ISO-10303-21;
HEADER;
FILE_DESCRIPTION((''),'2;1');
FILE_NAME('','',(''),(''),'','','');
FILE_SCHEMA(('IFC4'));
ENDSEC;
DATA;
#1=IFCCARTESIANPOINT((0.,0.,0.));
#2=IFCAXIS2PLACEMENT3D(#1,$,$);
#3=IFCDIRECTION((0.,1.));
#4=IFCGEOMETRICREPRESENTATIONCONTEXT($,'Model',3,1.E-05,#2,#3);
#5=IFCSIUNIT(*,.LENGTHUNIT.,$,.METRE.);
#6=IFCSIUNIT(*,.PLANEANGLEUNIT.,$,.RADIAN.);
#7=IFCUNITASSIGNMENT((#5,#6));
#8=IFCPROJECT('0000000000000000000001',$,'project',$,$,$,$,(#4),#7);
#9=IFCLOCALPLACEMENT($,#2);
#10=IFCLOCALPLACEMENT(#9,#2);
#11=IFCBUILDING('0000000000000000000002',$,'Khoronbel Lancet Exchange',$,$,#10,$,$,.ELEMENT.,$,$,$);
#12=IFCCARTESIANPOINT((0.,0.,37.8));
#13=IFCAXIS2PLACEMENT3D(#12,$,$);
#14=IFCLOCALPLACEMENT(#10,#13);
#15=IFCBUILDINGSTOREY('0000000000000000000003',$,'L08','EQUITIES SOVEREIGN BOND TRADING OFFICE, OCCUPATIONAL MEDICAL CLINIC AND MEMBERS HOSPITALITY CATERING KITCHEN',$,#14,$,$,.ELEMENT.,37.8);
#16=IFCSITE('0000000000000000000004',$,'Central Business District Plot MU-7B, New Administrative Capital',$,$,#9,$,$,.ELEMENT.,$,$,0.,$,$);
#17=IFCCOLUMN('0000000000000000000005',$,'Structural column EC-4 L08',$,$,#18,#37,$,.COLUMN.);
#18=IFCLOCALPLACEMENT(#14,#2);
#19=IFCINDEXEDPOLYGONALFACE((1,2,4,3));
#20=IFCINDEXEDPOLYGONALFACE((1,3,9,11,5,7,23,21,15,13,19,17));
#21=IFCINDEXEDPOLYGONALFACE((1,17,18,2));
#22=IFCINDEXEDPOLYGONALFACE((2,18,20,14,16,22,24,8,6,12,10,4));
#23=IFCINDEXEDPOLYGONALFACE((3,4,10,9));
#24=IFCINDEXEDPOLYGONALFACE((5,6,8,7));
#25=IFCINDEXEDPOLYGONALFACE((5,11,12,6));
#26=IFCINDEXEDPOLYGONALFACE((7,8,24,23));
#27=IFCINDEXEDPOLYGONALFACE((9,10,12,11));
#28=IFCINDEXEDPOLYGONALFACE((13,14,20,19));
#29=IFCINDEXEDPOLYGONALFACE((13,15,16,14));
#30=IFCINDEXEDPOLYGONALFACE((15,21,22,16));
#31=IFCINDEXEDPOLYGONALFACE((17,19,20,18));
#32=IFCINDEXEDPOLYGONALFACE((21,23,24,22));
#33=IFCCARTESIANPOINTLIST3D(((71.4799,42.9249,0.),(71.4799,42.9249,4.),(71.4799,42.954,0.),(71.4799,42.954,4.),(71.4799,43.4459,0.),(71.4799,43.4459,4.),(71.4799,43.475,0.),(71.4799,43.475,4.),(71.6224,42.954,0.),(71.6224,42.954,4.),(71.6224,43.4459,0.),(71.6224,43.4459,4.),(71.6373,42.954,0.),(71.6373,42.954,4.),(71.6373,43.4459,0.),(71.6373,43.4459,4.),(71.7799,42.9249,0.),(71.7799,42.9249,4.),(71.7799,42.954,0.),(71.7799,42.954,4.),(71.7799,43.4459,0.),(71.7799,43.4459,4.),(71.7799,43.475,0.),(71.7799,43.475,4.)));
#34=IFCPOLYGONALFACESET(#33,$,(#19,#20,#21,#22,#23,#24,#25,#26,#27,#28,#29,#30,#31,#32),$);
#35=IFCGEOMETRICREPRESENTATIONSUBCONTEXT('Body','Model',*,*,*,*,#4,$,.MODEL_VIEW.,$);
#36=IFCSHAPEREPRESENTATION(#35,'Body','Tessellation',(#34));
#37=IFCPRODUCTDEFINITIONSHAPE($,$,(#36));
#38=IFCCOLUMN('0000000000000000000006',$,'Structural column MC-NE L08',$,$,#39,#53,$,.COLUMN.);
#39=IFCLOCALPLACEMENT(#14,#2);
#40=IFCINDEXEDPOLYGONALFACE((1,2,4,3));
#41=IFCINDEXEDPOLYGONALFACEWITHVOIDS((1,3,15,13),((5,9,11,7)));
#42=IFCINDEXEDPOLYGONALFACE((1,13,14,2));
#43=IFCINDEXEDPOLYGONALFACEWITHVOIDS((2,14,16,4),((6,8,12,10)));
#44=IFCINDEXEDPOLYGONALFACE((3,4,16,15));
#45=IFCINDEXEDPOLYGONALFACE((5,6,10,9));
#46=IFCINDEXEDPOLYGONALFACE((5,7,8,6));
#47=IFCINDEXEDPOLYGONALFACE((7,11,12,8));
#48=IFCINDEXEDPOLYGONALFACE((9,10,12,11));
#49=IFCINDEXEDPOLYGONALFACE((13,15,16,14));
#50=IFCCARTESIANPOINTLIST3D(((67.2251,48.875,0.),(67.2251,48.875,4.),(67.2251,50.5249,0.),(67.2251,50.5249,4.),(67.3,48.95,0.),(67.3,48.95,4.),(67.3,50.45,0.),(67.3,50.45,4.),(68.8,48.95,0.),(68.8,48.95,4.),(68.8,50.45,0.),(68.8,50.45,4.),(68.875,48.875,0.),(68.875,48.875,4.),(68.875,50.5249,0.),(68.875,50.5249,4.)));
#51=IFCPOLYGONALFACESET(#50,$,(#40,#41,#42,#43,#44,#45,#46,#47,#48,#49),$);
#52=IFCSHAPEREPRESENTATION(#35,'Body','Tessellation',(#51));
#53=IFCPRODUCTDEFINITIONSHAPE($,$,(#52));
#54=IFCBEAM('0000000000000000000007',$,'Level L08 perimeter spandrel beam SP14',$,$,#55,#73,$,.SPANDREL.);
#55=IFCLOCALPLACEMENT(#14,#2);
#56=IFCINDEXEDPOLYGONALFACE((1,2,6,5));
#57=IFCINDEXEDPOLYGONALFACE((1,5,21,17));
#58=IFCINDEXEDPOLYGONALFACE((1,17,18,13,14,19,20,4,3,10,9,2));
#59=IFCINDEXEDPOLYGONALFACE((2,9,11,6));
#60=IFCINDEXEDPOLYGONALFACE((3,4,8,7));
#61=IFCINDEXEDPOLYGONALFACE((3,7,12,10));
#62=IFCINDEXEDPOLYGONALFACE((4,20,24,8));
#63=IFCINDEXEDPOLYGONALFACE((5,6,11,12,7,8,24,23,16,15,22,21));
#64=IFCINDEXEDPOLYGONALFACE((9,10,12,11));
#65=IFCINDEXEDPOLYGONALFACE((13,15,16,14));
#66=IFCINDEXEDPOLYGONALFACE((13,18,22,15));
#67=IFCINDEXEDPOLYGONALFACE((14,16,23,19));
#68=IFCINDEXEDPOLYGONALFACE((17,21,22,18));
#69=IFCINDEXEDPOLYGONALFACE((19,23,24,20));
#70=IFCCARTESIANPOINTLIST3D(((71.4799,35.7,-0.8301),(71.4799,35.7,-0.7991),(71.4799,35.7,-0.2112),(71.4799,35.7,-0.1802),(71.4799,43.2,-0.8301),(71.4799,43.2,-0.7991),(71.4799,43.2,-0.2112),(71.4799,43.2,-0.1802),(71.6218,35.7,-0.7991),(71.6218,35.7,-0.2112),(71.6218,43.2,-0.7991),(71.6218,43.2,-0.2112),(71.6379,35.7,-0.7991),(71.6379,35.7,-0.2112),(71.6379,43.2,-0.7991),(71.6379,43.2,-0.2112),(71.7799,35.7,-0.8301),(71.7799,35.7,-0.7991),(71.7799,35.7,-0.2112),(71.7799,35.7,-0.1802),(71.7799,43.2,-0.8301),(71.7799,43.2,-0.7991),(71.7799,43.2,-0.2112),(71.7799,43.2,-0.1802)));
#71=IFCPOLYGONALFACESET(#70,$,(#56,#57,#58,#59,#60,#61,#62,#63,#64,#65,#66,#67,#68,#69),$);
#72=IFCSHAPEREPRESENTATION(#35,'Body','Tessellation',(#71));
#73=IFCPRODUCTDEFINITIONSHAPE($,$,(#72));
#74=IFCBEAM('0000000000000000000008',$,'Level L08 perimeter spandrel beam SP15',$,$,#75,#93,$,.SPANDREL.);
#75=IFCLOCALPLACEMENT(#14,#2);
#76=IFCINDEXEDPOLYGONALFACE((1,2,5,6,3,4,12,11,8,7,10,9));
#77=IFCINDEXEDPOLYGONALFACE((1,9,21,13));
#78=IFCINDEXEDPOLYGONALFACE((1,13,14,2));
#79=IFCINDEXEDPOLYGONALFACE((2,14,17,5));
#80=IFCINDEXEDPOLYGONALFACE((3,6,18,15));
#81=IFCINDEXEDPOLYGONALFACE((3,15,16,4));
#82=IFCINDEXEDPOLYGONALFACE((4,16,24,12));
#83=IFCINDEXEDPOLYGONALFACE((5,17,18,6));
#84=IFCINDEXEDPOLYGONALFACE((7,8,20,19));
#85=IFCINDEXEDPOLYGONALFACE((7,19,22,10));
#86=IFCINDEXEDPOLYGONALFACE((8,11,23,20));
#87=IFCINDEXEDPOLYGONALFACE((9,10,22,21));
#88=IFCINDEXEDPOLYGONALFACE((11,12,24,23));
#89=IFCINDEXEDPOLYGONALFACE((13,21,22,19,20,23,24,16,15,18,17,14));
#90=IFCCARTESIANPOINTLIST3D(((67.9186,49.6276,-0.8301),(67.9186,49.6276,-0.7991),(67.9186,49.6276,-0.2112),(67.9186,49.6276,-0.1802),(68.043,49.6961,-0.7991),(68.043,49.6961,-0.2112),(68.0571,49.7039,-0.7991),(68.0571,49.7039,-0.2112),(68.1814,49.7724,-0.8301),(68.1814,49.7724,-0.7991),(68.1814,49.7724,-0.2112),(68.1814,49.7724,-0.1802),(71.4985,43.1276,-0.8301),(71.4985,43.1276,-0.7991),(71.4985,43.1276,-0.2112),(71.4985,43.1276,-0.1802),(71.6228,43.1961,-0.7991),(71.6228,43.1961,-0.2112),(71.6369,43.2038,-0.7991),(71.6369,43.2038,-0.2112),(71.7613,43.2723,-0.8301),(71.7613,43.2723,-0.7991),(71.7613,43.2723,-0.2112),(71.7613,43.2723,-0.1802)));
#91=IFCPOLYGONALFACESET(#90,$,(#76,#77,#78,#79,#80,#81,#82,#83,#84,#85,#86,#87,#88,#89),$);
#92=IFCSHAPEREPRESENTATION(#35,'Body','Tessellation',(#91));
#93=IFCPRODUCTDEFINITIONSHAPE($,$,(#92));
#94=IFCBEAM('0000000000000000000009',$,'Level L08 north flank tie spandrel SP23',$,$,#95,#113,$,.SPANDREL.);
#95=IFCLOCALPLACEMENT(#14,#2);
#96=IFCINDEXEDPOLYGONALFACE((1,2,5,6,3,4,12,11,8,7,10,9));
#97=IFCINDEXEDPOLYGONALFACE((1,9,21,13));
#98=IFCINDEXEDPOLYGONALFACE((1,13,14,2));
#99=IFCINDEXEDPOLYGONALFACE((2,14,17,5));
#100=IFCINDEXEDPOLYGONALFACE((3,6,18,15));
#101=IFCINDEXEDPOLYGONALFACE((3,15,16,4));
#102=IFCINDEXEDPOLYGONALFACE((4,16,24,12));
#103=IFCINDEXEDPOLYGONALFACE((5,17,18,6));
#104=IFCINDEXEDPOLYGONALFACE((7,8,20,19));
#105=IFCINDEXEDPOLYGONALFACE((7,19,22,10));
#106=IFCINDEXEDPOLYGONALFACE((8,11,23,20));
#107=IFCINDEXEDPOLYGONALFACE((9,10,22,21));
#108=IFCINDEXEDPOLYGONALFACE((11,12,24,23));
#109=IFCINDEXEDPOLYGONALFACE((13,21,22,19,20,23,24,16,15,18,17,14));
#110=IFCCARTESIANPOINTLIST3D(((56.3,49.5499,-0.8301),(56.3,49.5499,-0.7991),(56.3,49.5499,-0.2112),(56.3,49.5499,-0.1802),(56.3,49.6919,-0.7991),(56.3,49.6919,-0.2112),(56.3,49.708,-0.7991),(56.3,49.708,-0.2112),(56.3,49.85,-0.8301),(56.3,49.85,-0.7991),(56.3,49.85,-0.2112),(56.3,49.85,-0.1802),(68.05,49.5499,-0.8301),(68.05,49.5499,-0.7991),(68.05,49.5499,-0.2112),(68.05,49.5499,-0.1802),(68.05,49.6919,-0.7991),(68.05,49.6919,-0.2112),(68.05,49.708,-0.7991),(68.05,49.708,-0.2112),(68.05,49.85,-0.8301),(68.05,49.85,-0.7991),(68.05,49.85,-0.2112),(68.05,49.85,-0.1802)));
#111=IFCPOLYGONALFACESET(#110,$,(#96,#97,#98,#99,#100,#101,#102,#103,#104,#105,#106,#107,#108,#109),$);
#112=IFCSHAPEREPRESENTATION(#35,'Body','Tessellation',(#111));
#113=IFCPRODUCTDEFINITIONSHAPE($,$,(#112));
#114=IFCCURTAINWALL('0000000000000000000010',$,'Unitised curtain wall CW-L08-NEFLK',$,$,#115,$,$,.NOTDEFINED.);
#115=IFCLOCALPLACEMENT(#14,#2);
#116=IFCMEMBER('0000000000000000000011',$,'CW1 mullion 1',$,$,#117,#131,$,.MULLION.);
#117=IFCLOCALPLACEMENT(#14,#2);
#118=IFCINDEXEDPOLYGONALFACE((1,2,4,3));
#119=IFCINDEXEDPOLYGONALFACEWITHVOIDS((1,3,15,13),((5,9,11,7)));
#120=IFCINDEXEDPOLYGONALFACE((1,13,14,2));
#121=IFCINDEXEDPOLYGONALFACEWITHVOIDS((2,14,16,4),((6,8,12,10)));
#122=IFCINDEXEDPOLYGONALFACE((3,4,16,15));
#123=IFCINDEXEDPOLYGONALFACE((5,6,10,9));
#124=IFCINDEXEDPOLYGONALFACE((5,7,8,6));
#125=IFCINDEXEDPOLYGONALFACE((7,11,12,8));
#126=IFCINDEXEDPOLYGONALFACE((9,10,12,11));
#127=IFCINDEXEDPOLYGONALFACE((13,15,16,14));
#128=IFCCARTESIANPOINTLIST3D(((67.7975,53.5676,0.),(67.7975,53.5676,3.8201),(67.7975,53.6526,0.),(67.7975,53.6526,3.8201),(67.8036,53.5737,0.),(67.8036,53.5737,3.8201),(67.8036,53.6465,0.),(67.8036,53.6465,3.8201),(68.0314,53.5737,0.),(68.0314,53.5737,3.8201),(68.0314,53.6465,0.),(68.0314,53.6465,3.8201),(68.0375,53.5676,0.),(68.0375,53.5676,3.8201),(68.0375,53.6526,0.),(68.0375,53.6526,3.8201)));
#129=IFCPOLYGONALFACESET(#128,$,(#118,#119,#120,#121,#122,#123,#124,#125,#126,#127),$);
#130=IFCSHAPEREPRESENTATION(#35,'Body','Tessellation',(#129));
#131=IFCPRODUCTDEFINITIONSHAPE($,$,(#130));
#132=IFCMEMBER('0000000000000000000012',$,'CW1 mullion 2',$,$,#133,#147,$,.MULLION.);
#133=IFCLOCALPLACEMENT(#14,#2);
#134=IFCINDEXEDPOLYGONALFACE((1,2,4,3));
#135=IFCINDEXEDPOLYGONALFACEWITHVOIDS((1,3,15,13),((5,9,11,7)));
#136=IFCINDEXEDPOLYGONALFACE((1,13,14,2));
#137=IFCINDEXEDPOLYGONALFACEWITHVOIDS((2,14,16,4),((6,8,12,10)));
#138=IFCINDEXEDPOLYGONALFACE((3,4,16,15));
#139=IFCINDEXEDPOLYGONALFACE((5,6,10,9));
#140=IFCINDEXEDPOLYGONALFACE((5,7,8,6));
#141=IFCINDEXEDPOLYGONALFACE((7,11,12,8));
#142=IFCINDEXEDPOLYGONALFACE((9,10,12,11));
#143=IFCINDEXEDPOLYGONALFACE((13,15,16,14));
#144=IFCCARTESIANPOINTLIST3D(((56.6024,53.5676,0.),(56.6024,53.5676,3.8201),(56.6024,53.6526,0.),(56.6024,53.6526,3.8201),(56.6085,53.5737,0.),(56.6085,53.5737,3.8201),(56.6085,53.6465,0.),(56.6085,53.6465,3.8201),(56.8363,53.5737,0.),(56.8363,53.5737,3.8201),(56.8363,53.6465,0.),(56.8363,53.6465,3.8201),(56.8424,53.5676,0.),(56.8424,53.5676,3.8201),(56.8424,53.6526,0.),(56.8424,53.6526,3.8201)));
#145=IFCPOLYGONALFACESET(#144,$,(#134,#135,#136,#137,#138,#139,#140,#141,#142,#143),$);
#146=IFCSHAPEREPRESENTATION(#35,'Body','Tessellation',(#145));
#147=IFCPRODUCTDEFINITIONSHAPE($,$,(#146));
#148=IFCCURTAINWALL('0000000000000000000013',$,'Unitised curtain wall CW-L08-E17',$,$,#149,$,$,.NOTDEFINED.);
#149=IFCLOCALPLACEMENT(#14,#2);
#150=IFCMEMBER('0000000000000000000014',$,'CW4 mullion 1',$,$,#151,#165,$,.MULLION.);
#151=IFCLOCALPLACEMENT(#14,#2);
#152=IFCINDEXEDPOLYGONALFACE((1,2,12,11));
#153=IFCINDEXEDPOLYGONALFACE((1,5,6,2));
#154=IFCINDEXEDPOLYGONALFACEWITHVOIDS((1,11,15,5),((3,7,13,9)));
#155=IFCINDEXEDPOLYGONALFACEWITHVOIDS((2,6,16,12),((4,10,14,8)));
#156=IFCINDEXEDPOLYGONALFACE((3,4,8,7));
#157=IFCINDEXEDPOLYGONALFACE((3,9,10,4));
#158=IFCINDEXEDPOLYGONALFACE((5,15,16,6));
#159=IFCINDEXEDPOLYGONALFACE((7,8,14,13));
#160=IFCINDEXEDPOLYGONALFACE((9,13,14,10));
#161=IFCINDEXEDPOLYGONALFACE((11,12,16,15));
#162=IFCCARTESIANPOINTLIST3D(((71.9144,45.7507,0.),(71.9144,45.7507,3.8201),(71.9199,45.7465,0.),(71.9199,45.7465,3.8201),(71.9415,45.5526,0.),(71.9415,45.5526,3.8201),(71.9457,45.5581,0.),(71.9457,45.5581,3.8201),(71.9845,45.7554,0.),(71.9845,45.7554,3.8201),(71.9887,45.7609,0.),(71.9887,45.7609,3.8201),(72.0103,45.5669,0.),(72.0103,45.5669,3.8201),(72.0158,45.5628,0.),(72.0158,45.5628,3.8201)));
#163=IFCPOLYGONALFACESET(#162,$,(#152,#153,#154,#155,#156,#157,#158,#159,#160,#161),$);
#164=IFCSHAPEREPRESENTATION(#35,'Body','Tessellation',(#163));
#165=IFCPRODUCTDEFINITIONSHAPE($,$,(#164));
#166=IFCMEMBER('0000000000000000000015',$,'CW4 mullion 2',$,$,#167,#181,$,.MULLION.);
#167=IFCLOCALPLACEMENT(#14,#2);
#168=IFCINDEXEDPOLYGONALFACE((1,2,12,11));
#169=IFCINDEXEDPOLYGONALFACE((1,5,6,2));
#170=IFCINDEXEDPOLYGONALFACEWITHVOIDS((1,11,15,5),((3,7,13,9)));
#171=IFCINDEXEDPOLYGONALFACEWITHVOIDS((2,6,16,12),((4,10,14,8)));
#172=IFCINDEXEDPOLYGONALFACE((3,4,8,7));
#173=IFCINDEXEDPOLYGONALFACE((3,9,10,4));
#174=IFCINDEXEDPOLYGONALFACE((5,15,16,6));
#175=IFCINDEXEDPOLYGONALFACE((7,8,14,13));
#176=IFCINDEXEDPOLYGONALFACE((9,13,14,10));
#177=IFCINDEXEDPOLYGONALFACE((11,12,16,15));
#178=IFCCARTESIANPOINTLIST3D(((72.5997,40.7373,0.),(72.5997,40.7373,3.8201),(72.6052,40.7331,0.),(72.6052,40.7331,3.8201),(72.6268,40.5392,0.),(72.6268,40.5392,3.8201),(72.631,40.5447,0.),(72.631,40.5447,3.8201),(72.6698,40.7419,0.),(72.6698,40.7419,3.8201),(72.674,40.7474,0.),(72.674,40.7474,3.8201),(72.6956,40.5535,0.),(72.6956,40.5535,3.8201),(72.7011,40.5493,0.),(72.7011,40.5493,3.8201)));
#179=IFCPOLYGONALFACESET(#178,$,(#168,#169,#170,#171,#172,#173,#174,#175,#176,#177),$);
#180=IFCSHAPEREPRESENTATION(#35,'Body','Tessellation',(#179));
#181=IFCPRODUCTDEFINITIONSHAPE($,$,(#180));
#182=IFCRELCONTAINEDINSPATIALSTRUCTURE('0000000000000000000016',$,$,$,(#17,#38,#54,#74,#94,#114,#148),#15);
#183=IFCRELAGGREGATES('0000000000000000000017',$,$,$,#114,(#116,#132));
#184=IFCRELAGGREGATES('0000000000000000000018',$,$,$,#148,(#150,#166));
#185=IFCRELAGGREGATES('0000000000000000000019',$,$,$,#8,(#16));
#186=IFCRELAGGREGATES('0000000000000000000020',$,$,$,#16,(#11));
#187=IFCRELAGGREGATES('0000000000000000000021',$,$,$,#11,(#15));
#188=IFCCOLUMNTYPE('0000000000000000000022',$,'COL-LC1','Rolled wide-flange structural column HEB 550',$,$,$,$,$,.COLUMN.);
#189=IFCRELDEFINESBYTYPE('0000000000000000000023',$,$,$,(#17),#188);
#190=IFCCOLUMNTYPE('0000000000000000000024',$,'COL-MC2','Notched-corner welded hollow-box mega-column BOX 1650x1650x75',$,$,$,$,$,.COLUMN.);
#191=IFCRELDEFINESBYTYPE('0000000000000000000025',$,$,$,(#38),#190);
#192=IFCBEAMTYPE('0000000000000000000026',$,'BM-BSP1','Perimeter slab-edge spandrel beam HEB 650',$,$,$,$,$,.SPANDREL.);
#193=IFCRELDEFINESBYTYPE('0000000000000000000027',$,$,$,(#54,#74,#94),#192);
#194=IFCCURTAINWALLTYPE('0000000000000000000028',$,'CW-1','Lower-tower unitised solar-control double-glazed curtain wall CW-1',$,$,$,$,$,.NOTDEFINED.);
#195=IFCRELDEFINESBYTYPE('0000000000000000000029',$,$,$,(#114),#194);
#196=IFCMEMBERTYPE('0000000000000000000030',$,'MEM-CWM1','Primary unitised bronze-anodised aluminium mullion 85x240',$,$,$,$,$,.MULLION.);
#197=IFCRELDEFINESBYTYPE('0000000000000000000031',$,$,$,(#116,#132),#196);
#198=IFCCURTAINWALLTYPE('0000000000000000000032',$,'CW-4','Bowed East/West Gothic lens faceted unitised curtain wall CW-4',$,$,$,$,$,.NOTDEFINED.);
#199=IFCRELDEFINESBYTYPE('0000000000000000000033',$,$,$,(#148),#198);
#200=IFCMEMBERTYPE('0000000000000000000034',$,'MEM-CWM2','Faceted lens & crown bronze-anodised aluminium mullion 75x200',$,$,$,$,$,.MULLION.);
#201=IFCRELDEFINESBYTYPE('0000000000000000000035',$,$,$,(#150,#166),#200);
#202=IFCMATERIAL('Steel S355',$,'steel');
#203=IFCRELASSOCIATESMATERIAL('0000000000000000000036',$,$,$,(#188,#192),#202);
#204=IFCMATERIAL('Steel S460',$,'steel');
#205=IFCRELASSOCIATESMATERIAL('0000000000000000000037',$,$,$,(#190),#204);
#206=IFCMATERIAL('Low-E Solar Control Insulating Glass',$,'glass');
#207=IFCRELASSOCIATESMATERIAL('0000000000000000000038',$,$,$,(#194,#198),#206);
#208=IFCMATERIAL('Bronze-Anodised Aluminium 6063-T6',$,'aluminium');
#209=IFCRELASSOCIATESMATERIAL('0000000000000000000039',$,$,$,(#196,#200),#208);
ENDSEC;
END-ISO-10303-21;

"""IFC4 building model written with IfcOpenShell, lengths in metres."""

from ifc_helpers import new_model, si_unit, direction, frame, origin, origin_2d, place, context, subcontext, project, spatial, hollow_rectangle, i_section, extrude, material, material_profile, profile_set, type_object, element, aggregate, save


model = new_model("IFC4")

# Units and contexts
model_context = context("Model", 3, precision=1e-05, world=origin(), true_north=direction((0.0, 1.0)))
body_context = subcontext(model_context, "Body", "Model", "MODEL_VIEW")
ifc_project = project(units=[si_unit("LENGTHUNIT", "METRE"), si_unit("PLANEANGLEUNIT", "RADIAN")], contexts=[model_context])

# Site, building, storey
site_placement = place(None, origin())
site = spatial("IfcSite", under=ifc_project, at=site_placement, Name="Central Business District Plot MU-7B, New Administrative Capital", CompositionType="ELEMENT", RefElevation=0.0)
building_placement = place(site_placement, origin())
building = spatial("IfcBuilding", under=site, at=building_placement, Name="Khoronbel Lancet Exchange", CompositionType="ELEMENT")
storey_placement = place(building_placement, frame((0.0, 0.0, 37.8)))
storey = spatial("IfcBuildingStorey", under=building, at=storey_placement, Name="L08", Description="EQUITIES SOVEREIGN BOND TRADING OFFICE, OCCUPATIONAL MEDICAL CLINIC AND MEMBERS HOSPITALITY CATERING KITCHEN", CompositionType="ELEMENT", Elevation=37.8)

# Columns
ifc_material_1 = material(Name="Steel S355", Category="steel")
ifc_material_profile_1 = material_profile(ifc_material_1, i_section(OverallWidth=0.3, OverallDepth=0.55, WebThickness=0.0149, FlangeThickness=0.0291, at=origin_2d()), Name="HEB 550")
ifc_profile_set_1 = profile_set([ifc_material_profile_1], Name="Steel S355")
column_type_1 = type_object("IfcColumnType", Name="COL-LC1", Description="Rolled wide-flange structural column HEB 550", PredefinedType="COLUMN", material=ifc_profile_set_1)
column_1_placement = place(storey_placement, frame((71.6299, 43.2, 0.0), z_axis=(0.0, 0.0, 1.0), x_axis=(1.0, 0.0, 0.0)))
element("IfcColumn", 1, at=column_1_placement, inside=storey, type_object=column_type_1, Name="Structural column EC-4 L08", PredefinedType="COLUMN", context=body_context, shape_type="SweptSolid", body=[
    extrude(i_section(OverallWidth=0.3, OverallDepth=0.55, WebThickness=0.0149, FlangeThickness=0.0291, at=origin_2d()), origin(), (0.0, 0.0, 1.0), 4.0),
])
ifc_material_2 = material(Name="Steel S460", Category="steel")
ifc_material_profile_2 = material_profile(ifc_material_2, hollow_rectangle(XDim=1.6499, YDim=1.6499, WallThickness=0.075, at=origin_2d()), Name="BOX 1650x1650x75")
ifc_profile_set_2 = profile_set([ifc_material_profile_2], Name="Steel S460")
column_type_2 = type_object("IfcColumnType", Name="COL-MC2", Description="Notched-corner welded hollow-box mega-column BOX 1650x1650x75", PredefinedType="COLUMN", material=ifc_profile_set_2)
column_2_placement = place(storey_placement, frame((68.05, 49.7, 0.0), z_axis=(0.0, 0.0, 1.0), x_axis=(1.0, 0.0, 0.0)))
element("IfcColumn", 2, at=column_2_placement, inside=storey, type_object=column_type_2, Name="Structural column MC-NE L08", PredefinedType="COLUMN", context=body_context, shape_type="SweptSolid", body=[
    extrude(hollow_rectangle(XDim=1.6499, YDim=1.6499, WallThickness=0.075, at=origin_2d()), origin(), (0.0, 0.0, 1.0), 4.0),
])

# Beams
ifc_material_profile_3 = material_profile(ifc_material_1, i_section(OverallWidth=0.3, OverallDepth=0.6499, WebThickness=0.0161, FlangeThickness=0.031, at=origin_2d()), Name="HEB 650")
ifc_profile_set_3 = profile_set([ifc_material_profile_3], Name="Steel S355")
beam_type = type_object("IfcBeamType", Name="BM-BSP1", Description="Perimeter slab-edge spandrel beam HEB 650", PredefinedType="SPANDREL", material=ifc_profile_set_3)
beam_1_placement = place(storey_placement, frame((71.6299, 35.7, -0.5051), z_axis=(0.0, 1.0, 0.0), x_axis=(-1.0, 0.0, 0.0)))
element("IfcBeam", 3, at=beam_1_placement, inside=storey, type_object=beam_type, Name="Level L08 perimeter spandrel beam SP14", PredefinedType="SPANDREL", context=body_context, shape_type="SweptSolid", body=[
    extrude(i_section(OverallWidth=0.3, OverallDepth=0.6499, WebThickness=0.0161, FlangeThickness=0.031, at=origin_2d()), origin(), (0.0, 0.0, 1.0), 7.5),
])
beam_2_placement = place(storey_placement, frame((71.6299, 43.2, -0.5051), z_axis=(-0.482419, 0.875941, 0.0), x_axis=(-0.875941, -0.482419, 0.0)))
element("IfcBeam", 4, at=beam_2_placement, inside=storey, type_object=beam_type, Name="Level L08 perimeter spandrel beam SP15", PredefinedType="SPANDREL", context=body_context, shape_type="SweptSolid", body=[
    extrude(i_section(OverallWidth=0.3, OverallDepth=0.6499, WebThickness=0.0161, FlangeThickness=0.031, at=origin_2d()), origin(), (0.0, 0.0, 1.0), 7.4207),
])
beam_3_placement = place(storey_placement, frame((68.05, 49.7, -0.5051), z_axis=(-1.0, 0.0, 0.0), x_axis=(0.0, -1.0, 0.0)))
element("IfcBeam", 5, at=beam_3_placement, inside=storey, type_object=beam_type, Name="Level L08 north flank tie spandrel SP23", PredefinedType="SPANDREL", context=body_context, shape_type="SweptSolid", body=[
    extrude(i_section(OverallWidth=0.3, OverallDepth=0.6499, WebThickness=0.0161, FlangeThickness=0.031, at=origin_2d()), origin(), (0.0, 0.0, 1.0), 11.75),
])

# Curtain walls, members
ifc_material_3 = material(Name="Low-E Solar Control Insulating Glass", Category="glass")
curtain_wall_type_1 = type_object("IfcCurtainWallType", Name="CW-1", Description="Lower-tower unitised solar-control double-glazed curtain wall CW-1", PredefinedType="NOTDEFINED", material=ifc_material_3)
curtain_wall_1_placement = place(storey_placement, origin())
curtain_wall_1 = element("IfcCurtainWall", 6, at=curtain_wall_1_placement, inside=storey, type_object=curtain_wall_type_1, Name="Unitised curtain wall CW-L08-NEFLK", PredefinedType="NOTDEFINED")
ifc_material_4 = material(Name="Bronze-Anodised Aluminium 6063-T6", Category="aluminium")
ifc_material_profile_4 = material_profile(ifc_material_4, hollow_rectangle(XDim=0.085, YDim=0.24, WallThickness=0.0061, at=origin_2d()), Name="ALU MULLION 85x240")
ifc_profile_set_4 = profile_set([ifc_material_profile_4], Name="Bronze-Anodised Aluminium 6063-T6")
member_type_1 = type_object("IfcMemberType", Name="MEM-CWM1", Description="Primary unitised bronze-anodised aluminium mullion 85x240", PredefinedType="MULLION", material=ifc_profile_set_4)
member_1_placement = place(storey_placement, frame((67.9175, 53.6101, 0.0), z_axis=(0.0, 0.0, 1.0), x_axis=(0.0, -1.0, 0.0)))
member_1 = element("IfcMember", 7, at=member_1_placement, type_object=member_type_1, Name="CW1 mullion 1", PredefinedType="MULLION", context=body_context, shape_type="SweptSolid", body=[
    extrude(hollow_rectangle(XDim=0.085, YDim=0.24, WallThickness=0.0061, at=origin_2d()), origin(), (0.0, 0.0, 1.0), 3.8201),
])
member_2_placement = place(storey_placement, frame((56.7224, 53.6101, 0.0), z_axis=(0.0, 0.0, 1.0), x_axis=(0.0, -1.0, 0.0)))
member_2 = element("IfcMember", 8, at=member_2_placement, type_object=member_type_1, Name="CW1 mullion 2", PredefinedType="MULLION", context=body_context, shape_type="SweptSolid", body=[
    extrude(hollow_rectangle(XDim=0.085, YDim=0.24, WallThickness=0.0061, at=origin_2d()), origin(), (0.0, 0.0, 1.0), 3.8201),
])
curtain_wall_type_2 = type_object("IfcCurtainWallType", Name="CW-4", Description="Bowed East/West Gothic lens faceted unitised curtain wall CW-4", PredefinedType="NOTDEFINED", material=ifc_material_3)
curtain_wall_2_placement = place(storey_placement, origin())
curtain_wall_2 = element("IfcCurtainWall", 9, at=curtain_wall_2_placement, inside=storey, type_object=curtain_wall_type_2, Name="Unitised curtain wall CW-L08-E17", PredefinedType="NOTDEFINED")
ifc_material_profile_5 = material_profile(ifc_material_4, hollow_rectangle(XDim=0.075, YDim=0.2, WallThickness=0.0049, at=origin_2d()), Name="ALU MULLION 75x200")
ifc_profile_set_5 = profile_set([ifc_material_profile_5], Name="Bronze-Anodised Aluminium 6063-T6")
member_type_2 = type_object("IfcMemberType", Name="MEM-CWM2", Description="Faceted lens & crown bronze-anodised aluminium mullion 75x200", PredefinedType="MULLION", material=ifc_profile_set_5)
member_3_placement = place(storey_placement, frame((71.9651, 45.6567, 0.0), z_axis=(0.0, 0.0, 1.0), x_axis=(0.990786, 0.13544, 0.0)))
member_3 = element("IfcMember", 10, at=member_3_placement, type_object=member_type_2, Name="CW4 mullion 1", PredefinedType="MULLION", context=body_context, shape_type="SweptSolid", body=[
    extrude(hollow_rectangle(XDim=0.075, YDim=0.2, WallThickness=0.0049, at=origin_2d()), origin(), (0.0, 0.0, 1.0), 3.8201),
])
member_4_placement = place(storey_placement, frame((72.6504, 40.6433, 0.0), z_axis=(0.0, 0.0, 1.0), x_axis=(0.990786, 0.13544, 0.0)))
member_4 = element("IfcMember", 11, at=member_4_placement, type_object=member_type_2, Name="CW4 mullion 2", PredefinedType="MULLION", context=body_context, shape_type="SweptSolid", body=[
    extrude(hollow_rectangle(XDim=0.075, YDim=0.2, WallThickness=0.0049, at=origin_2d()), origin(), (0.0, 0.0, 1.0), 3.8201),
])

aggregate(curtain_wall_1, [member_1, member_2])
aggregate(curtain_wall_2, [member_3, member_4])

save(model, "model.ifc")
